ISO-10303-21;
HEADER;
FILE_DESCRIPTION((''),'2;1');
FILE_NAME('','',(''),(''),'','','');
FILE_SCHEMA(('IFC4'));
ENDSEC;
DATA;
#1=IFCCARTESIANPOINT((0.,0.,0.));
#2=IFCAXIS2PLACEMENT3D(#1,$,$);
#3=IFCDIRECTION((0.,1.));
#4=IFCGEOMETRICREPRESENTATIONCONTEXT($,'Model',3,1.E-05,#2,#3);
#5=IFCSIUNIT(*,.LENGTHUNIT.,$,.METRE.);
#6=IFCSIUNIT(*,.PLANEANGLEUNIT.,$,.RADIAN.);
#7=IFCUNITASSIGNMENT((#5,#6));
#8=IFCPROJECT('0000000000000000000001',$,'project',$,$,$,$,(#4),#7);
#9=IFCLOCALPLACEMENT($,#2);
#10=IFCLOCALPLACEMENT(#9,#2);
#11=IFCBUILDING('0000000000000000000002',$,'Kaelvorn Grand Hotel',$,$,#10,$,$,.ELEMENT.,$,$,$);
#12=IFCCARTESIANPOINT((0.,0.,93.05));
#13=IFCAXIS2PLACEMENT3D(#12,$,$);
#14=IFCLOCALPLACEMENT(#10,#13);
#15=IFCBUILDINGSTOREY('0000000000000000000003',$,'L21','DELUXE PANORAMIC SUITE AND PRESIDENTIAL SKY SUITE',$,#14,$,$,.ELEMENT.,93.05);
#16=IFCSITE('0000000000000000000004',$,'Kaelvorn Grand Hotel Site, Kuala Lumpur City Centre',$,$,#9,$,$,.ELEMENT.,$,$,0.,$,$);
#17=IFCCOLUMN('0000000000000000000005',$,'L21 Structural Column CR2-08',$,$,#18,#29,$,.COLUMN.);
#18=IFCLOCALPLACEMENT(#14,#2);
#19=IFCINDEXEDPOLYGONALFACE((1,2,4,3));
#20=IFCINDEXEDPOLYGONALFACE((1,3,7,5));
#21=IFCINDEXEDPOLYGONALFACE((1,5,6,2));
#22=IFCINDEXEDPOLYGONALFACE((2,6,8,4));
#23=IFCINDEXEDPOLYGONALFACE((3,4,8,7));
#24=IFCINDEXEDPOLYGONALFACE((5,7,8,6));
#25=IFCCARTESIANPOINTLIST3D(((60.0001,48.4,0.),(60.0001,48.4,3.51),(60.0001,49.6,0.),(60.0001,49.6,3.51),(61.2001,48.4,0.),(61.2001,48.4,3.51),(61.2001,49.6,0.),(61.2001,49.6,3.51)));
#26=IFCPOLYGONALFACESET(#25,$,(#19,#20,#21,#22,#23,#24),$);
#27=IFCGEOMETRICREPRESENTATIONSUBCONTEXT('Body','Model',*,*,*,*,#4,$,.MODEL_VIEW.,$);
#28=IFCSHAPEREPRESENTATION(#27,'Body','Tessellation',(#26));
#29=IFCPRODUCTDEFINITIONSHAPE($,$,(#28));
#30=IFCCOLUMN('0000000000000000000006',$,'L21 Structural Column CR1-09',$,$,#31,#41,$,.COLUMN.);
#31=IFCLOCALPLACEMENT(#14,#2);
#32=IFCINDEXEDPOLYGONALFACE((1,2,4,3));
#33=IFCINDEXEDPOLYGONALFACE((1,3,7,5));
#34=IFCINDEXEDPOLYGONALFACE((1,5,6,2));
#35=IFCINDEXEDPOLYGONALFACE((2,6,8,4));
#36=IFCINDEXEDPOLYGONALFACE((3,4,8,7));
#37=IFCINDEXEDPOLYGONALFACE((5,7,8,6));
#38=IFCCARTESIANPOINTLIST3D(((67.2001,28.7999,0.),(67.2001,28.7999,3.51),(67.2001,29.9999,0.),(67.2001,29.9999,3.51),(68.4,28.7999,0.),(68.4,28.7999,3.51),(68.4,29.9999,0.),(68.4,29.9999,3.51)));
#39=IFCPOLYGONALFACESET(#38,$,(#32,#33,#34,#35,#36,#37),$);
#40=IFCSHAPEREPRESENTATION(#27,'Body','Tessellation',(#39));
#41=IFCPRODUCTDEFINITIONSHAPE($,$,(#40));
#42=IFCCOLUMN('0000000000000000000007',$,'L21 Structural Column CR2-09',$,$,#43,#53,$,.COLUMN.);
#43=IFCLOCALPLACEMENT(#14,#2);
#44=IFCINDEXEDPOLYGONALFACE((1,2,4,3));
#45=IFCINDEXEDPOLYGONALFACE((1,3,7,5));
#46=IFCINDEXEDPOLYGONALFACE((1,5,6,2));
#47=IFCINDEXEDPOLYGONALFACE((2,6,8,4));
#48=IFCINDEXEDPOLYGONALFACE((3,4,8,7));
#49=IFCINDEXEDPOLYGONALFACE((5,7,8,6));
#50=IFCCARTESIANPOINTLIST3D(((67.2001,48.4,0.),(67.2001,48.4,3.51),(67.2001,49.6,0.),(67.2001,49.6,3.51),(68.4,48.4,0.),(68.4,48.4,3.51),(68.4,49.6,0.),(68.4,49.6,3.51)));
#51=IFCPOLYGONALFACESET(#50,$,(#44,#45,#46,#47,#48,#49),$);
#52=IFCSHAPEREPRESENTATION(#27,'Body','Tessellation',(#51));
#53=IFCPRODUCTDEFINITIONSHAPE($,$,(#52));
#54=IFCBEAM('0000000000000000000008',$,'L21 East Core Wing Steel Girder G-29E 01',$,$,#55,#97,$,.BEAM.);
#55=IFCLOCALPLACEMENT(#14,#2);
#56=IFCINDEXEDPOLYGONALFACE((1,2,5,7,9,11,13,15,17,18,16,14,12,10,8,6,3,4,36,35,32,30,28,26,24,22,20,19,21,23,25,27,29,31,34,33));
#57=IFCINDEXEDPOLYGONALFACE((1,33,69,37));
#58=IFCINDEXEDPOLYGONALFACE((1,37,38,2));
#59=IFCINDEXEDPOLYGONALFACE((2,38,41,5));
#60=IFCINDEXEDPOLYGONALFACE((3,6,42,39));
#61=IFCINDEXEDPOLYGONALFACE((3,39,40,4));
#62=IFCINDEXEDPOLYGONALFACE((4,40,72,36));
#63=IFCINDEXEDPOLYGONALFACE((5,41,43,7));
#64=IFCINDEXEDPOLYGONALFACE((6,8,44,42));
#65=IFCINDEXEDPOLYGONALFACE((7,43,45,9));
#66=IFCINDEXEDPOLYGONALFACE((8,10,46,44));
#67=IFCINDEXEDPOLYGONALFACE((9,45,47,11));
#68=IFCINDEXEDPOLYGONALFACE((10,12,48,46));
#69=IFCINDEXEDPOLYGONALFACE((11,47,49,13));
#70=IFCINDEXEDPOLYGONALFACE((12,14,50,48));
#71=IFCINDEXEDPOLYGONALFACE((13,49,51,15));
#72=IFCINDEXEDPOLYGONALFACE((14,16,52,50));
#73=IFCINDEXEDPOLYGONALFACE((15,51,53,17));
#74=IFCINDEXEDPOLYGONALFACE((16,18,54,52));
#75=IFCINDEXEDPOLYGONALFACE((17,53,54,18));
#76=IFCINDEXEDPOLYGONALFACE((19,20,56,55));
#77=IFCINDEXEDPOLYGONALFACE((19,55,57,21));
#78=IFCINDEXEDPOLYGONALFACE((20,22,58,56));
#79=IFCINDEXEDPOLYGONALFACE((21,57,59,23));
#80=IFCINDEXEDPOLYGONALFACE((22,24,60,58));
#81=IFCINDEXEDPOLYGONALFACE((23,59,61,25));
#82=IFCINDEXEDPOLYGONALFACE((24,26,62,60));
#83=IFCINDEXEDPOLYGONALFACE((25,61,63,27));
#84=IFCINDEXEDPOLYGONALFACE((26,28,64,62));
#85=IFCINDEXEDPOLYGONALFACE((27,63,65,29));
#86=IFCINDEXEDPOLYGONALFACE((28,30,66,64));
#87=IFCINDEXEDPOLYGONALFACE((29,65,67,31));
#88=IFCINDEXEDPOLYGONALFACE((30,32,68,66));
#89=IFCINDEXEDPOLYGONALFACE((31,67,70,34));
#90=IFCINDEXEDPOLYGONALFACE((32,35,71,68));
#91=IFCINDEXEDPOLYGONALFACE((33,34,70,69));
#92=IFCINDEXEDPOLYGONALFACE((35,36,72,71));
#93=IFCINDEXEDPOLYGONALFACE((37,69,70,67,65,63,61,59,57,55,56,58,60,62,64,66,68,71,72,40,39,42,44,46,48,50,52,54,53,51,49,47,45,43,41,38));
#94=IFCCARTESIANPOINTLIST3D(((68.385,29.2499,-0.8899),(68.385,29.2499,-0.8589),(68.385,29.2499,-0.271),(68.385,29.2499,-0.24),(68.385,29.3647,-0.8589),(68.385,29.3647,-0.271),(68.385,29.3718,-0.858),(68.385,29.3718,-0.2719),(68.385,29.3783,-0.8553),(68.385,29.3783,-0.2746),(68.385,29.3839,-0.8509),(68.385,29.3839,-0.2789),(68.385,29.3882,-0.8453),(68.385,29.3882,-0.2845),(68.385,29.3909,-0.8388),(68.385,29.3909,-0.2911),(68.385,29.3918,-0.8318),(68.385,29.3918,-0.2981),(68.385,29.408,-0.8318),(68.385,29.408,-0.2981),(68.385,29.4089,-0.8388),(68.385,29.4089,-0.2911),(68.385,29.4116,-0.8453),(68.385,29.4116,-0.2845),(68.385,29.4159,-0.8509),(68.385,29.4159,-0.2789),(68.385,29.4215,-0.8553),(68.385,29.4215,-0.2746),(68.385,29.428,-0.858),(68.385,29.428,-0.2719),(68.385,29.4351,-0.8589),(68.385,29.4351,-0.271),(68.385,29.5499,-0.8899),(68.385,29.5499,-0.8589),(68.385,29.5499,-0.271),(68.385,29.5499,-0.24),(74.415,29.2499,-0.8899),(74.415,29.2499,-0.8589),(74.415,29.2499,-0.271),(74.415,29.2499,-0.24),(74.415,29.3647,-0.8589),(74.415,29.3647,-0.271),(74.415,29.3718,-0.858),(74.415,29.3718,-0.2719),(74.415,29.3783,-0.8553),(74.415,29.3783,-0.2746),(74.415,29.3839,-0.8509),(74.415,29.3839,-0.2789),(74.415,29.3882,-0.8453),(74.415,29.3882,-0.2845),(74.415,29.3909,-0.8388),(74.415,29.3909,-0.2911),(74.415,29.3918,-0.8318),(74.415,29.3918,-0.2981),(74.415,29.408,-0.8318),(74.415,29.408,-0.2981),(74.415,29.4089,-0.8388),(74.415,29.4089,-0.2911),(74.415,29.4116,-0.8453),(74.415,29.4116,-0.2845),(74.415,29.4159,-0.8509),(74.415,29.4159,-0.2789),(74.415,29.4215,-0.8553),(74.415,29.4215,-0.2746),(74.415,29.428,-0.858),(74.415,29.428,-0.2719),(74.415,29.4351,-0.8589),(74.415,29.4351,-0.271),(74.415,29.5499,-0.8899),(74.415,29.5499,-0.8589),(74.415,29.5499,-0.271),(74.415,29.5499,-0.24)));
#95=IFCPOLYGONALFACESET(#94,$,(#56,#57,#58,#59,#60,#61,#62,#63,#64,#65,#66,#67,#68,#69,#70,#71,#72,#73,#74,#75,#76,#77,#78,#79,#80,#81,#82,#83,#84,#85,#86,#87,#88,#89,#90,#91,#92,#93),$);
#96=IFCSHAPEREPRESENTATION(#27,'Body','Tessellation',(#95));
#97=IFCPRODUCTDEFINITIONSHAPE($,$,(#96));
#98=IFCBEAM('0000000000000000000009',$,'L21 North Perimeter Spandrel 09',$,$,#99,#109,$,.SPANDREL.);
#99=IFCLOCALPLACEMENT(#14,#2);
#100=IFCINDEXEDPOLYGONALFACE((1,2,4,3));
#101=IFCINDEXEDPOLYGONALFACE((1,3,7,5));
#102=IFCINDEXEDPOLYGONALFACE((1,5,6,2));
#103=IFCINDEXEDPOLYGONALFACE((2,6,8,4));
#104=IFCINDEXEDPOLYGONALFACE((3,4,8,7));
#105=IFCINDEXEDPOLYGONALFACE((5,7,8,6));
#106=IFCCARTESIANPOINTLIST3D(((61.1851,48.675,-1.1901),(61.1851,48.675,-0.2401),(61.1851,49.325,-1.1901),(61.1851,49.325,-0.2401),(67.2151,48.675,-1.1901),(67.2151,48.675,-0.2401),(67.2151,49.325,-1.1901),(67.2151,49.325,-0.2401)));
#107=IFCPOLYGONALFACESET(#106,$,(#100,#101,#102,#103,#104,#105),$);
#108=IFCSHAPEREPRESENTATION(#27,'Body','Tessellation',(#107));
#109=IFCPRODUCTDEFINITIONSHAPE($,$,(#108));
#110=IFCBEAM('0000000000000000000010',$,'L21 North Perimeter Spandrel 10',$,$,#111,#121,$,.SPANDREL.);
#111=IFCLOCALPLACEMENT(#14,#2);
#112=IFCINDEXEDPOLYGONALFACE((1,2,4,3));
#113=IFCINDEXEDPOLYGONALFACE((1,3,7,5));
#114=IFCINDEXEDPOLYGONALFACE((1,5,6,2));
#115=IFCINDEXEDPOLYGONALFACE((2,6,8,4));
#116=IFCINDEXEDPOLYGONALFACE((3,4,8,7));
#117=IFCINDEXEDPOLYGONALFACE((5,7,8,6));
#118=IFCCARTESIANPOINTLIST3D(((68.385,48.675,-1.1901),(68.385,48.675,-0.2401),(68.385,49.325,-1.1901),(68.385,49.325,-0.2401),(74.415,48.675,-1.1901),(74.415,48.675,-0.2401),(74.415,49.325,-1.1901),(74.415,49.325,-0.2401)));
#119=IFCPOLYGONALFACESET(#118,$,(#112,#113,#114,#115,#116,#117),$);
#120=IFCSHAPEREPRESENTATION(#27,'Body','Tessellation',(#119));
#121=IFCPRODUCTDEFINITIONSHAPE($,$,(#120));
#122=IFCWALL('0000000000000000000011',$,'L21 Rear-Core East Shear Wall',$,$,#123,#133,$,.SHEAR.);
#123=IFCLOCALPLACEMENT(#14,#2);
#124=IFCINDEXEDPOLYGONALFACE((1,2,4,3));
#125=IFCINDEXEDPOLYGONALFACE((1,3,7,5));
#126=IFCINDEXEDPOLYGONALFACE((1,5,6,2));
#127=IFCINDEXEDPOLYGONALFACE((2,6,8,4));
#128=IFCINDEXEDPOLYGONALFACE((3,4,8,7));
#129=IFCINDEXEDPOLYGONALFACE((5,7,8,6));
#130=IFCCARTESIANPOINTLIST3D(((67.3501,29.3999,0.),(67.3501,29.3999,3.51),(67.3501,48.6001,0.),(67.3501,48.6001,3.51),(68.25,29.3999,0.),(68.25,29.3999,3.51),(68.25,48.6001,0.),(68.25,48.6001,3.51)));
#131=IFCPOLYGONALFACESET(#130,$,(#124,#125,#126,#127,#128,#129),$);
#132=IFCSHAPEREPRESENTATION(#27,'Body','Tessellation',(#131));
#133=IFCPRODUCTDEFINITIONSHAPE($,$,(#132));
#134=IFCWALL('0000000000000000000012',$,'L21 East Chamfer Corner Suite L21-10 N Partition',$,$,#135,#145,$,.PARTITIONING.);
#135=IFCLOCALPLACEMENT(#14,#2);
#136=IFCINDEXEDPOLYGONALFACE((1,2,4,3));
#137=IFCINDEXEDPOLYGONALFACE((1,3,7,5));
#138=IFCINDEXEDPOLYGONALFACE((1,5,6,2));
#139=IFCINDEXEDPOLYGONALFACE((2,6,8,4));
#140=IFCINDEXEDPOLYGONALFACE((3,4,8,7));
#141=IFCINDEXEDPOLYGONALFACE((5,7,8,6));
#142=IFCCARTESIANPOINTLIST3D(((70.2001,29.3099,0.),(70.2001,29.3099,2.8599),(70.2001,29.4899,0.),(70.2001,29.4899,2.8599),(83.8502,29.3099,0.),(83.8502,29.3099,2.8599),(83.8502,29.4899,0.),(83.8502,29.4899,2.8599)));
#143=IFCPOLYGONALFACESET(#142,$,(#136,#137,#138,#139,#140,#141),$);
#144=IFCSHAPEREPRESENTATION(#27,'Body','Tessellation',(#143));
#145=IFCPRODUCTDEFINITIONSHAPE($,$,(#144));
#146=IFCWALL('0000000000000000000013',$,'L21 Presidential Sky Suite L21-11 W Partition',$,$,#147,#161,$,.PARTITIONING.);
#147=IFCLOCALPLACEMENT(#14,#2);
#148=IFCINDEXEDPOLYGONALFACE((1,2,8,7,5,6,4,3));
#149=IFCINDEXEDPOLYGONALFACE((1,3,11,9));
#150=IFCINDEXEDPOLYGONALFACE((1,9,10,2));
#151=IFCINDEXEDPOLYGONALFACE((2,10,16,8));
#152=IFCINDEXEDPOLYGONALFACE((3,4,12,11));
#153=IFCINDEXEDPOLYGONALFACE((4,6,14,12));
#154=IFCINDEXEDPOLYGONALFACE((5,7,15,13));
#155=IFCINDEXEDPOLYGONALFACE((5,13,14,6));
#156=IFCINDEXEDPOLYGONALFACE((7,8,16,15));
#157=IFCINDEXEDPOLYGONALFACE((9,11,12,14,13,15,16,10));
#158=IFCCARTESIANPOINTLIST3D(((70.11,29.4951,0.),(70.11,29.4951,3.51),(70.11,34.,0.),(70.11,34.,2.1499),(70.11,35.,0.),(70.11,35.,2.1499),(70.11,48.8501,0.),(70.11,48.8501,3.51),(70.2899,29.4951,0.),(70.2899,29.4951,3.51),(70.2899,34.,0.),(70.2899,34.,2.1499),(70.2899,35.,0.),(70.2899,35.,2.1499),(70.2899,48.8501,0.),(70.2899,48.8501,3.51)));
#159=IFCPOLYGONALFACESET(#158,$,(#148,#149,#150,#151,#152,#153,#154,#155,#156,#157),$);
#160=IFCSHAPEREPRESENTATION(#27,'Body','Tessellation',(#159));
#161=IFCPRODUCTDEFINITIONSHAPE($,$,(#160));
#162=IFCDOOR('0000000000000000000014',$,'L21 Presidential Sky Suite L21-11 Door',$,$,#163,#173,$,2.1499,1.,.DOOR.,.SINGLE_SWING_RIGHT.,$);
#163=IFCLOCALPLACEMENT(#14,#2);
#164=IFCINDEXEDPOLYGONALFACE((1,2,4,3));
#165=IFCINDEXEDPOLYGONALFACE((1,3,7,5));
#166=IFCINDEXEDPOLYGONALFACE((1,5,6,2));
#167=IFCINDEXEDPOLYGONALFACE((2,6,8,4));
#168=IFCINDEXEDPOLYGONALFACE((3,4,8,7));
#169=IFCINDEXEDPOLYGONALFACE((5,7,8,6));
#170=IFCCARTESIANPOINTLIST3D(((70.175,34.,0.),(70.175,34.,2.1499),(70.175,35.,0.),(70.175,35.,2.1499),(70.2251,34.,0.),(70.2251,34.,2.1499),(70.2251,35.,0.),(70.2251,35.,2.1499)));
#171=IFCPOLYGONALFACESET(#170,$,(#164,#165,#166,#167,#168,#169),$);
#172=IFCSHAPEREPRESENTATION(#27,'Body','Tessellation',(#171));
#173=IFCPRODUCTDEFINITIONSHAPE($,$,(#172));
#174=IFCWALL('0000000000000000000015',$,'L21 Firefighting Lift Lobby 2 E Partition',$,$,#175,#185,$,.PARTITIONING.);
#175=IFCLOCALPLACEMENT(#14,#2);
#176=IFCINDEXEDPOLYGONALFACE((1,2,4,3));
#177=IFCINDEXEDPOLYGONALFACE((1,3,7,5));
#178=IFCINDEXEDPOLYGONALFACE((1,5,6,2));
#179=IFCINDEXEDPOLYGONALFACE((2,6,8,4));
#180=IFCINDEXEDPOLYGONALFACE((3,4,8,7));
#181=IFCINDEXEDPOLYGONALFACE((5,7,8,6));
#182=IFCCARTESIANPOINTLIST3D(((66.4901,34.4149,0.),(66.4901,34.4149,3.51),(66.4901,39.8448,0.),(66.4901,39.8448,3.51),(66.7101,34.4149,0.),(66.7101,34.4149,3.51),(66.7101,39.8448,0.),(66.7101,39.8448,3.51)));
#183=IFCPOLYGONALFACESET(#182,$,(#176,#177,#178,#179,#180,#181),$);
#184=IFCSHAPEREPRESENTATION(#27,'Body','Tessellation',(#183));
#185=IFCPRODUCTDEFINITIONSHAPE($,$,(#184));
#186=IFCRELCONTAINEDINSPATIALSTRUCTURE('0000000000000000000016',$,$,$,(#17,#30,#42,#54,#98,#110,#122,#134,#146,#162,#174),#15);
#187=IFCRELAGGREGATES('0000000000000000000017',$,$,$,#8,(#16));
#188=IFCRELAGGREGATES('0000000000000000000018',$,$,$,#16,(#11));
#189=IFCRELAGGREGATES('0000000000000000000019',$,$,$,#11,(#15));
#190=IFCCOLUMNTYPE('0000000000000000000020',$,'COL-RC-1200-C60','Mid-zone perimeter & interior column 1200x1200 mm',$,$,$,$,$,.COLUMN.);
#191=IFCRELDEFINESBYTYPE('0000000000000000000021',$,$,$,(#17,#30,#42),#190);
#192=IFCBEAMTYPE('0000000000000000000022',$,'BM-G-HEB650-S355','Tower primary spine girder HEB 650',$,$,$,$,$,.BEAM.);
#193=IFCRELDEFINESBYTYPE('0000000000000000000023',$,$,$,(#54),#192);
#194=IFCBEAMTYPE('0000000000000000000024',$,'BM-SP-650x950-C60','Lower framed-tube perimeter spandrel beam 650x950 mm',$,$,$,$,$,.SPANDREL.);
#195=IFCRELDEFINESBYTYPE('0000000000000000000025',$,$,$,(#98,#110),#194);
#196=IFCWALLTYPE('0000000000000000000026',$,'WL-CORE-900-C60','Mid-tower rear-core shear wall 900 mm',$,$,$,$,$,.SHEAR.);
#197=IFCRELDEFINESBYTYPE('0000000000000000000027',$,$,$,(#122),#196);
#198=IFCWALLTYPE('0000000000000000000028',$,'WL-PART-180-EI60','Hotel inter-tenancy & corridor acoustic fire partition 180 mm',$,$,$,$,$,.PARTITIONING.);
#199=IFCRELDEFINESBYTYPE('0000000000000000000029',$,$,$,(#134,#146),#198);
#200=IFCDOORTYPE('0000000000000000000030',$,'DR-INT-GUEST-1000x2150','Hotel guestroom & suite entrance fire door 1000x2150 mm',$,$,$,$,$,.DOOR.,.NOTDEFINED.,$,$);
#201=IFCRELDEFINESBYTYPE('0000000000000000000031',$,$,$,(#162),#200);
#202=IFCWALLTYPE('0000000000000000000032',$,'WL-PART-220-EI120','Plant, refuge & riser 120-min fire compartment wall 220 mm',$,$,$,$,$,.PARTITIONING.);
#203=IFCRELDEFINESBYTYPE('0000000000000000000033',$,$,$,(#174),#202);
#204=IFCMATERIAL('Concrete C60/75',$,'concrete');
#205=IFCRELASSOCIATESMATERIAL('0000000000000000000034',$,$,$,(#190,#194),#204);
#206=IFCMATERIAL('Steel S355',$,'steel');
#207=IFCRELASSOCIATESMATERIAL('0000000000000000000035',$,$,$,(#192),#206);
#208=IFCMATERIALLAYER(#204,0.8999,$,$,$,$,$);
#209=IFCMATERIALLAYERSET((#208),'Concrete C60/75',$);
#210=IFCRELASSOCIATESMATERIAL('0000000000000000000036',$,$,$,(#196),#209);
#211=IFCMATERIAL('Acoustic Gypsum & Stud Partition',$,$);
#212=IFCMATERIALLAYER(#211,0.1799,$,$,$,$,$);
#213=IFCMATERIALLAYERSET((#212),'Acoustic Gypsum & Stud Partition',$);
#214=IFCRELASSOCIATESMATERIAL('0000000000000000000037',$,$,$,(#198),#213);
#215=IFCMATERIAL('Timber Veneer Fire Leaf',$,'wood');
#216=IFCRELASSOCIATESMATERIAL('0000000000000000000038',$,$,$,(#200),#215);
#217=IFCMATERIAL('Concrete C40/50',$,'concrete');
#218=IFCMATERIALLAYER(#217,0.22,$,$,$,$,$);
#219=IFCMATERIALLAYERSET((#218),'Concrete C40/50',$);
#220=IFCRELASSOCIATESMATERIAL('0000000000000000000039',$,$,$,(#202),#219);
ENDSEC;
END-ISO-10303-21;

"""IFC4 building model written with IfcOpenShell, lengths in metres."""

from ifc_helpers import new_model, si_unit, direction, frame, frame_2d, origin, origin_2d, place, context, subcontext, project, spatial, rectangle, i_section, extrude, material, layer, layer_set, material_profile, profile_set, type_object, element, fill, save


model = new_model("IFC4")

# Units and contexts
model_context = context("Model", 3, precision=1e-05, world=origin(), true_north=direction((0.0, 1.0)))
body_context = subcontext(model_context, "Body", "Model", "MODEL_VIEW")
ifc_project = project(units=[si_unit("LENGTHUNIT", "METRE"), si_unit("PLANEANGLEUNIT", "RADIAN")], contexts=[model_context])

# Site, building, storey
site_placement = place(None, origin())
site = spatial("IfcSite", under=ifc_project, at=site_placement, Name="Kaelvorn Grand Hotel Site, Kuala Lumpur City Centre", CompositionType="ELEMENT", RefElevation=0.0)
building_placement = place(site_placement, origin())
building = spatial("IfcBuilding", under=site, at=building_placement, Name="Kaelvorn Grand Hotel", CompositionType="ELEMENT")
storey_placement = place(building_placement, frame((0.0, 0.0, 93.05)))
storey = spatial("IfcBuildingStorey", under=building, at=storey_placement, Name="L21", Description="DELUXE PANORAMIC SUITE AND PRESIDENTIAL SKY SUITE", CompositionType="ELEMENT", Elevation=93.05)

# Columns
ifc_material_1 = material(Name="Concrete C60/75", Category="concrete")
ifc_material_profile_1 = material_profile(ifc_material_1, rectangle(XDim=1.2, YDim=1.2, at=origin_2d()), Name="RC COL 1200x1200")
ifc_profile_set_1 = profile_set([ifc_material_profile_1], Name="Concrete C60/75")
column_type = type_object("IfcColumnType", Name="COL-RC-1200-C60", Description="Mid-zone perimeter & interior column 1200x1200 mm", PredefinedType="COLUMN", material=ifc_profile_set_1)
for number, where, z_axis, x_axis, name in (
    (1, (60.6001, 49.0, 0.0), (0.0, 0.0, 1.0), (1.0, 0.0, 0.0), "L21 Structural Column CR2-08"),
    (2, (67.8, 29.3999, 0.0), (0.0, 0.0, 1.0), (1.0, 0.0, 0.0), "L21 Structural Column CR1-09"),
    (3, (67.8, 49.0, 0.0), (0.0, 0.0, 1.0), (1.0, 0.0, 0.0), "L21 Structural Column CR2-09"),
):
    element("IfcColumn", number, at=place(storey_placement, frame(where, z_axis=z_axis, x_axis=x_axis)), inside=storey, type_object=column_type, Name=name, PredefinedType="COLUMN", context=body_context, shape_type="SweptSolid", body=[
        extrude(rectangle(XDim=1.2, YDim=1.2, at=origin_2d()), origin(), (0.0, 0.0, 1.0), 3.51),
    ])

# Beams
ifc_material_2 = material(Name="Steel S355", Category="steel")
ifc_material_profile_2 = material_profile(ifc_material_2, i_section(OverallWidth=0.3, OverallDepth=0.6499, WebThickness=0.0161, FlangeThickness=0.031, FilletRadius=0.0271, at=origin_2d()), Name="HEB 650")
ifc_profile_set_2 = profile_set([ifc_material_profile_2], Name="Steel S355")
beam_type_1 = type_object("IfcBeamType", Name="BM-G-HEB650-S355", Description="Tower primary spine girder HEB 650", PredefinedType="BEAM", material=ifc_profile_set_2)
beam_placement = place(storey_placement, frame((68.385, 29.3999, -0.5649), z_axis=(1.0, 0.0, 0.0), x_axis=(0.0, 1.0, 0.0)))
element("IfcBeam", 4, at=beam_placement, inside=storey, type_object=beam_type_1, Name="L21 East Core Wing Steel Girder G-29E 01", PredefinedType="BEAM", context=body_context, shape_type="SweptSolid", body=[
    extrude(i_section(OverallWidth=0.3, OverallDepth=0.6499, WebThickness=0.0161, FlangeThickness=0.031, FilletRadius=0.0271, at=origin_2d()), origin(), (0.0, 0.0, 1.0), 6.03),
])
ifc_material_profile_3 = material_profile(ifc_material_1, rectangle(XDim=0.6499, YDim=0.95, at=origin_2d()), Name="RC SPANDREL 650x950")
ifc_profile_set_3 = profile_set([ifc_material_profile_3], Name="Concrete C60/75")
beam_type_2 = type_object("IfcBeamType", Name="BM-SP-650x950-C60", Description="Lower framed-tube perimeter spandrel beam 650x950 mm", PredefinedType="SPANDREL", material=ifc_profile_set_3)
for number, where, z_axis, x_axis, name in (
    (5, (61.1851, 49.0, -0.7151), (1.0, 0.0, 0.0), (0.0, 1.0, 0.0), "L21 North Perimeter Spandrel 09"),
    (6, (68.385, 49.0, -0.7151), (1.0, 0.0, 0.0), (0.0, 1.0, 0.0), "L21 North Perimeter Spandrel 10"),
):
    element("IfcBeam", number, at=place(storey_placement, frame(where, z_axis=z_axis, x_axis=x_axis)), inside=storey, type_object=beam_type_2, Name=name, PredefinedType="SPANDREL", context=body_context, shape_type="SweptSolid", body=[
        extrude(rectangle(XDim=0.6499, YDim=0.95, at=origin_2d()), origin(), (0.0, 0.0, 1.0), 6.03),
    ])

# Walls
ifc_layer_1 = layer(ifc_material_1, 0.8999)
ifc_layer_set_1 = layer_set([ifc_layer_1], Name="Concrete C60/75")
wall_type_1 = type_object("IfcWallType", Name="WL-CORE-900-C60", Description="Mid-tower rear-core shear wall 900 mm", PredefinedType="SHEAR", material=ifc_layer_set_1)
wall_1_placement = place(storey_placement, frame((67.8, 29.3999, 0.0), z_axis=(0.0, 0.0, 1.0), x_axis=(0.0, 1.0, 0.0)))
element("IfcWall", 7, at=wall_1_placement, inside=storey, type_object=wall_type_1, Name="L21 Rear-Core East Shear Wall", PredefinedType="SHEAR", context=body_context, shape_type="SweptSolid", body=[
    extrude(rectangle(XDim=19.2002, YDim=0.8999, at=frame_2d((9.6001, 0.0))), origin(), (0.0, 0.0, 1.0), 3.51),
])
ifc_material_3 = material(Name="Acoustic Gypsum & Stud Partition")
ifc_layer_2 = layer(ifc_material_3, 0.1799)
ifc_layer_set_2 = layer_set([ifc_layer_2], Name="Acoustic Gypsum & Stud Partition")
wall_type_2 = type_object("IfcWallType", Name="WL-PART-180-EI60", Description="Hotel inter-tenancy & corridor acoustic fire partition 180 mm", PredefinedType="PARTITIONING", material=ifc_layer_set_2)
wall_2_placement = place(storey_placement, frame((70.2, 29.3999, 0.0), z_axis=(0.0, 0.0, 1.0), x_axis=(1.0, 0.0, 0.0)))
element("IfcWall", 8, at=wall_2_placement, inside=storey, type_object=wall_type_2, Name="L21 East Chamfer Corner Suite L21-10 N Partition", PredefinedType="PARTITIONING", context=body_context, shape_type="SweptSolid", body=[
    extrude(rectangle(XDim=13.6501, YDim=0.1799, at=frame_2d((6.8252, 0.0))), origin(), (0.0, 0.0, 1.0), 2.8599),
])

# Wall, opening, door
wall_3_placement = place(storey_placement, frame((70.2, 29.4951, 0.0), z_axis=(0.0, 0.0, 1.0), x_axis=(0.0, 1.0, 0.0)))
wall_3 = element("IfcWall", 9, at=wall_3_placement, inside=storey, type_object=wall_type_2, Name="L21 Presidential Sky Suite L21-11 W Partition", PredefinedType="PARTITIONING", context=body_context, shape_type="SweptSolid", body=[
    extrude(rectangle(XDim=19.355, YDim=0.1799, at=frame_2d((9.6775, 0.0))), origin(), (0.0, 0.0, 1.0), 3.51),
])
opening_1_placement = place(wall_3_placement, frame((4.5049, 0.0, 0.0)))
opening_1 = element("IfcOpeningElement", 10, at=opening_1_placement, cuts=wall_3, PredefinedType="OPENING", context=body_context, shape_type="SweptSolid", body=[
    extrude(rectangle(XDim=1.0, YDim=2.1499, at=frame_2d((0.5, 1.075))), frame((0.0, 0.1001, 0.0), z_axis=(0.0, -1.0, 0.0), x_axis=(1.0, 0.0, 0.0)), (0.0, 0.0, 1.0), 0.2),
])
ifc_material_4 = material(Name="Timber Veneer Fire Leaf", Category="wood")
door_type_1 = type_object("IfcDoorType", Name="DR-INT-GUEST-1000x2150", Description="Hotel guestroom & suite entrance fire door 1000x2150 mm", OperationType="NOTDEFINED", PredefinedType="DOOR", material=ifc_material_4)
door_1_placement = place(opening_1_placement, origin())
door_1 = element("IfcDoor", 11, at=door_1_placement, inside=storey, type_object=door_type_1, Name="L21 Presidential Sky Suite L21-11 Door", OperationType="SINGLE_SWING_RIGHT", OverallHeight=2.1499, OverallWidth=1.0, PredefinedType="DOOR", context=body_context, shape_type="SweptSolid", body=[
    extrude(rectangle(XDim=1.0, YDim=2.1499, at=frame_2d((0.5, 1.075))), frame((0.0, 0.0249, 0.0), z_axis=(0.0, -1.0, 0.0), x_axis=(1.0, 0.0, 0.0)), (0.0, 0.0, 1.0), 0.05),
])
fill(opening_1, door_1)

# Wall
ifc_material_5 = material(Name="Concrete C40/50", Category="concrete")
ifc_layer_3 = layer(ifc_material_5, 0.22)
ifc_layer_set_3 = layer_set([ifc_layer_3], Name="Concrete C40/50")
wall_type_3 = type_object("IfcWallType", Name="WL-PART-220-EI120", Description="Plant, refuge & riser 120-min fire compartment wall 220 mm", PredefinedType="PARTITIONING", material=ifc_layer_set_3)
wall_4_placement = place(storey_placement, frame((66.6001, 34.415, 0.0), z_axis=(0.0, 0.0, 1.0), x_axis=(0.0, 1.0, 0.0)))
element("IfcWall", 12, at=wall_4_placement, inside=storey, type_object=wall_type_3, Name="L21 Firefighting Lift Lobby 2 E Partition", PredefinedType="PARTITIONING", context=body_context, shape_type="SweptSolid", body=[
    extrude(rectangle(XDim=5.4299, YDim=0.22, at=frame_2d((2.7148, 0.0))), origin(), (0.0, 0.0, 1.0), 3.51),
])

save(model, "model.ifc")
